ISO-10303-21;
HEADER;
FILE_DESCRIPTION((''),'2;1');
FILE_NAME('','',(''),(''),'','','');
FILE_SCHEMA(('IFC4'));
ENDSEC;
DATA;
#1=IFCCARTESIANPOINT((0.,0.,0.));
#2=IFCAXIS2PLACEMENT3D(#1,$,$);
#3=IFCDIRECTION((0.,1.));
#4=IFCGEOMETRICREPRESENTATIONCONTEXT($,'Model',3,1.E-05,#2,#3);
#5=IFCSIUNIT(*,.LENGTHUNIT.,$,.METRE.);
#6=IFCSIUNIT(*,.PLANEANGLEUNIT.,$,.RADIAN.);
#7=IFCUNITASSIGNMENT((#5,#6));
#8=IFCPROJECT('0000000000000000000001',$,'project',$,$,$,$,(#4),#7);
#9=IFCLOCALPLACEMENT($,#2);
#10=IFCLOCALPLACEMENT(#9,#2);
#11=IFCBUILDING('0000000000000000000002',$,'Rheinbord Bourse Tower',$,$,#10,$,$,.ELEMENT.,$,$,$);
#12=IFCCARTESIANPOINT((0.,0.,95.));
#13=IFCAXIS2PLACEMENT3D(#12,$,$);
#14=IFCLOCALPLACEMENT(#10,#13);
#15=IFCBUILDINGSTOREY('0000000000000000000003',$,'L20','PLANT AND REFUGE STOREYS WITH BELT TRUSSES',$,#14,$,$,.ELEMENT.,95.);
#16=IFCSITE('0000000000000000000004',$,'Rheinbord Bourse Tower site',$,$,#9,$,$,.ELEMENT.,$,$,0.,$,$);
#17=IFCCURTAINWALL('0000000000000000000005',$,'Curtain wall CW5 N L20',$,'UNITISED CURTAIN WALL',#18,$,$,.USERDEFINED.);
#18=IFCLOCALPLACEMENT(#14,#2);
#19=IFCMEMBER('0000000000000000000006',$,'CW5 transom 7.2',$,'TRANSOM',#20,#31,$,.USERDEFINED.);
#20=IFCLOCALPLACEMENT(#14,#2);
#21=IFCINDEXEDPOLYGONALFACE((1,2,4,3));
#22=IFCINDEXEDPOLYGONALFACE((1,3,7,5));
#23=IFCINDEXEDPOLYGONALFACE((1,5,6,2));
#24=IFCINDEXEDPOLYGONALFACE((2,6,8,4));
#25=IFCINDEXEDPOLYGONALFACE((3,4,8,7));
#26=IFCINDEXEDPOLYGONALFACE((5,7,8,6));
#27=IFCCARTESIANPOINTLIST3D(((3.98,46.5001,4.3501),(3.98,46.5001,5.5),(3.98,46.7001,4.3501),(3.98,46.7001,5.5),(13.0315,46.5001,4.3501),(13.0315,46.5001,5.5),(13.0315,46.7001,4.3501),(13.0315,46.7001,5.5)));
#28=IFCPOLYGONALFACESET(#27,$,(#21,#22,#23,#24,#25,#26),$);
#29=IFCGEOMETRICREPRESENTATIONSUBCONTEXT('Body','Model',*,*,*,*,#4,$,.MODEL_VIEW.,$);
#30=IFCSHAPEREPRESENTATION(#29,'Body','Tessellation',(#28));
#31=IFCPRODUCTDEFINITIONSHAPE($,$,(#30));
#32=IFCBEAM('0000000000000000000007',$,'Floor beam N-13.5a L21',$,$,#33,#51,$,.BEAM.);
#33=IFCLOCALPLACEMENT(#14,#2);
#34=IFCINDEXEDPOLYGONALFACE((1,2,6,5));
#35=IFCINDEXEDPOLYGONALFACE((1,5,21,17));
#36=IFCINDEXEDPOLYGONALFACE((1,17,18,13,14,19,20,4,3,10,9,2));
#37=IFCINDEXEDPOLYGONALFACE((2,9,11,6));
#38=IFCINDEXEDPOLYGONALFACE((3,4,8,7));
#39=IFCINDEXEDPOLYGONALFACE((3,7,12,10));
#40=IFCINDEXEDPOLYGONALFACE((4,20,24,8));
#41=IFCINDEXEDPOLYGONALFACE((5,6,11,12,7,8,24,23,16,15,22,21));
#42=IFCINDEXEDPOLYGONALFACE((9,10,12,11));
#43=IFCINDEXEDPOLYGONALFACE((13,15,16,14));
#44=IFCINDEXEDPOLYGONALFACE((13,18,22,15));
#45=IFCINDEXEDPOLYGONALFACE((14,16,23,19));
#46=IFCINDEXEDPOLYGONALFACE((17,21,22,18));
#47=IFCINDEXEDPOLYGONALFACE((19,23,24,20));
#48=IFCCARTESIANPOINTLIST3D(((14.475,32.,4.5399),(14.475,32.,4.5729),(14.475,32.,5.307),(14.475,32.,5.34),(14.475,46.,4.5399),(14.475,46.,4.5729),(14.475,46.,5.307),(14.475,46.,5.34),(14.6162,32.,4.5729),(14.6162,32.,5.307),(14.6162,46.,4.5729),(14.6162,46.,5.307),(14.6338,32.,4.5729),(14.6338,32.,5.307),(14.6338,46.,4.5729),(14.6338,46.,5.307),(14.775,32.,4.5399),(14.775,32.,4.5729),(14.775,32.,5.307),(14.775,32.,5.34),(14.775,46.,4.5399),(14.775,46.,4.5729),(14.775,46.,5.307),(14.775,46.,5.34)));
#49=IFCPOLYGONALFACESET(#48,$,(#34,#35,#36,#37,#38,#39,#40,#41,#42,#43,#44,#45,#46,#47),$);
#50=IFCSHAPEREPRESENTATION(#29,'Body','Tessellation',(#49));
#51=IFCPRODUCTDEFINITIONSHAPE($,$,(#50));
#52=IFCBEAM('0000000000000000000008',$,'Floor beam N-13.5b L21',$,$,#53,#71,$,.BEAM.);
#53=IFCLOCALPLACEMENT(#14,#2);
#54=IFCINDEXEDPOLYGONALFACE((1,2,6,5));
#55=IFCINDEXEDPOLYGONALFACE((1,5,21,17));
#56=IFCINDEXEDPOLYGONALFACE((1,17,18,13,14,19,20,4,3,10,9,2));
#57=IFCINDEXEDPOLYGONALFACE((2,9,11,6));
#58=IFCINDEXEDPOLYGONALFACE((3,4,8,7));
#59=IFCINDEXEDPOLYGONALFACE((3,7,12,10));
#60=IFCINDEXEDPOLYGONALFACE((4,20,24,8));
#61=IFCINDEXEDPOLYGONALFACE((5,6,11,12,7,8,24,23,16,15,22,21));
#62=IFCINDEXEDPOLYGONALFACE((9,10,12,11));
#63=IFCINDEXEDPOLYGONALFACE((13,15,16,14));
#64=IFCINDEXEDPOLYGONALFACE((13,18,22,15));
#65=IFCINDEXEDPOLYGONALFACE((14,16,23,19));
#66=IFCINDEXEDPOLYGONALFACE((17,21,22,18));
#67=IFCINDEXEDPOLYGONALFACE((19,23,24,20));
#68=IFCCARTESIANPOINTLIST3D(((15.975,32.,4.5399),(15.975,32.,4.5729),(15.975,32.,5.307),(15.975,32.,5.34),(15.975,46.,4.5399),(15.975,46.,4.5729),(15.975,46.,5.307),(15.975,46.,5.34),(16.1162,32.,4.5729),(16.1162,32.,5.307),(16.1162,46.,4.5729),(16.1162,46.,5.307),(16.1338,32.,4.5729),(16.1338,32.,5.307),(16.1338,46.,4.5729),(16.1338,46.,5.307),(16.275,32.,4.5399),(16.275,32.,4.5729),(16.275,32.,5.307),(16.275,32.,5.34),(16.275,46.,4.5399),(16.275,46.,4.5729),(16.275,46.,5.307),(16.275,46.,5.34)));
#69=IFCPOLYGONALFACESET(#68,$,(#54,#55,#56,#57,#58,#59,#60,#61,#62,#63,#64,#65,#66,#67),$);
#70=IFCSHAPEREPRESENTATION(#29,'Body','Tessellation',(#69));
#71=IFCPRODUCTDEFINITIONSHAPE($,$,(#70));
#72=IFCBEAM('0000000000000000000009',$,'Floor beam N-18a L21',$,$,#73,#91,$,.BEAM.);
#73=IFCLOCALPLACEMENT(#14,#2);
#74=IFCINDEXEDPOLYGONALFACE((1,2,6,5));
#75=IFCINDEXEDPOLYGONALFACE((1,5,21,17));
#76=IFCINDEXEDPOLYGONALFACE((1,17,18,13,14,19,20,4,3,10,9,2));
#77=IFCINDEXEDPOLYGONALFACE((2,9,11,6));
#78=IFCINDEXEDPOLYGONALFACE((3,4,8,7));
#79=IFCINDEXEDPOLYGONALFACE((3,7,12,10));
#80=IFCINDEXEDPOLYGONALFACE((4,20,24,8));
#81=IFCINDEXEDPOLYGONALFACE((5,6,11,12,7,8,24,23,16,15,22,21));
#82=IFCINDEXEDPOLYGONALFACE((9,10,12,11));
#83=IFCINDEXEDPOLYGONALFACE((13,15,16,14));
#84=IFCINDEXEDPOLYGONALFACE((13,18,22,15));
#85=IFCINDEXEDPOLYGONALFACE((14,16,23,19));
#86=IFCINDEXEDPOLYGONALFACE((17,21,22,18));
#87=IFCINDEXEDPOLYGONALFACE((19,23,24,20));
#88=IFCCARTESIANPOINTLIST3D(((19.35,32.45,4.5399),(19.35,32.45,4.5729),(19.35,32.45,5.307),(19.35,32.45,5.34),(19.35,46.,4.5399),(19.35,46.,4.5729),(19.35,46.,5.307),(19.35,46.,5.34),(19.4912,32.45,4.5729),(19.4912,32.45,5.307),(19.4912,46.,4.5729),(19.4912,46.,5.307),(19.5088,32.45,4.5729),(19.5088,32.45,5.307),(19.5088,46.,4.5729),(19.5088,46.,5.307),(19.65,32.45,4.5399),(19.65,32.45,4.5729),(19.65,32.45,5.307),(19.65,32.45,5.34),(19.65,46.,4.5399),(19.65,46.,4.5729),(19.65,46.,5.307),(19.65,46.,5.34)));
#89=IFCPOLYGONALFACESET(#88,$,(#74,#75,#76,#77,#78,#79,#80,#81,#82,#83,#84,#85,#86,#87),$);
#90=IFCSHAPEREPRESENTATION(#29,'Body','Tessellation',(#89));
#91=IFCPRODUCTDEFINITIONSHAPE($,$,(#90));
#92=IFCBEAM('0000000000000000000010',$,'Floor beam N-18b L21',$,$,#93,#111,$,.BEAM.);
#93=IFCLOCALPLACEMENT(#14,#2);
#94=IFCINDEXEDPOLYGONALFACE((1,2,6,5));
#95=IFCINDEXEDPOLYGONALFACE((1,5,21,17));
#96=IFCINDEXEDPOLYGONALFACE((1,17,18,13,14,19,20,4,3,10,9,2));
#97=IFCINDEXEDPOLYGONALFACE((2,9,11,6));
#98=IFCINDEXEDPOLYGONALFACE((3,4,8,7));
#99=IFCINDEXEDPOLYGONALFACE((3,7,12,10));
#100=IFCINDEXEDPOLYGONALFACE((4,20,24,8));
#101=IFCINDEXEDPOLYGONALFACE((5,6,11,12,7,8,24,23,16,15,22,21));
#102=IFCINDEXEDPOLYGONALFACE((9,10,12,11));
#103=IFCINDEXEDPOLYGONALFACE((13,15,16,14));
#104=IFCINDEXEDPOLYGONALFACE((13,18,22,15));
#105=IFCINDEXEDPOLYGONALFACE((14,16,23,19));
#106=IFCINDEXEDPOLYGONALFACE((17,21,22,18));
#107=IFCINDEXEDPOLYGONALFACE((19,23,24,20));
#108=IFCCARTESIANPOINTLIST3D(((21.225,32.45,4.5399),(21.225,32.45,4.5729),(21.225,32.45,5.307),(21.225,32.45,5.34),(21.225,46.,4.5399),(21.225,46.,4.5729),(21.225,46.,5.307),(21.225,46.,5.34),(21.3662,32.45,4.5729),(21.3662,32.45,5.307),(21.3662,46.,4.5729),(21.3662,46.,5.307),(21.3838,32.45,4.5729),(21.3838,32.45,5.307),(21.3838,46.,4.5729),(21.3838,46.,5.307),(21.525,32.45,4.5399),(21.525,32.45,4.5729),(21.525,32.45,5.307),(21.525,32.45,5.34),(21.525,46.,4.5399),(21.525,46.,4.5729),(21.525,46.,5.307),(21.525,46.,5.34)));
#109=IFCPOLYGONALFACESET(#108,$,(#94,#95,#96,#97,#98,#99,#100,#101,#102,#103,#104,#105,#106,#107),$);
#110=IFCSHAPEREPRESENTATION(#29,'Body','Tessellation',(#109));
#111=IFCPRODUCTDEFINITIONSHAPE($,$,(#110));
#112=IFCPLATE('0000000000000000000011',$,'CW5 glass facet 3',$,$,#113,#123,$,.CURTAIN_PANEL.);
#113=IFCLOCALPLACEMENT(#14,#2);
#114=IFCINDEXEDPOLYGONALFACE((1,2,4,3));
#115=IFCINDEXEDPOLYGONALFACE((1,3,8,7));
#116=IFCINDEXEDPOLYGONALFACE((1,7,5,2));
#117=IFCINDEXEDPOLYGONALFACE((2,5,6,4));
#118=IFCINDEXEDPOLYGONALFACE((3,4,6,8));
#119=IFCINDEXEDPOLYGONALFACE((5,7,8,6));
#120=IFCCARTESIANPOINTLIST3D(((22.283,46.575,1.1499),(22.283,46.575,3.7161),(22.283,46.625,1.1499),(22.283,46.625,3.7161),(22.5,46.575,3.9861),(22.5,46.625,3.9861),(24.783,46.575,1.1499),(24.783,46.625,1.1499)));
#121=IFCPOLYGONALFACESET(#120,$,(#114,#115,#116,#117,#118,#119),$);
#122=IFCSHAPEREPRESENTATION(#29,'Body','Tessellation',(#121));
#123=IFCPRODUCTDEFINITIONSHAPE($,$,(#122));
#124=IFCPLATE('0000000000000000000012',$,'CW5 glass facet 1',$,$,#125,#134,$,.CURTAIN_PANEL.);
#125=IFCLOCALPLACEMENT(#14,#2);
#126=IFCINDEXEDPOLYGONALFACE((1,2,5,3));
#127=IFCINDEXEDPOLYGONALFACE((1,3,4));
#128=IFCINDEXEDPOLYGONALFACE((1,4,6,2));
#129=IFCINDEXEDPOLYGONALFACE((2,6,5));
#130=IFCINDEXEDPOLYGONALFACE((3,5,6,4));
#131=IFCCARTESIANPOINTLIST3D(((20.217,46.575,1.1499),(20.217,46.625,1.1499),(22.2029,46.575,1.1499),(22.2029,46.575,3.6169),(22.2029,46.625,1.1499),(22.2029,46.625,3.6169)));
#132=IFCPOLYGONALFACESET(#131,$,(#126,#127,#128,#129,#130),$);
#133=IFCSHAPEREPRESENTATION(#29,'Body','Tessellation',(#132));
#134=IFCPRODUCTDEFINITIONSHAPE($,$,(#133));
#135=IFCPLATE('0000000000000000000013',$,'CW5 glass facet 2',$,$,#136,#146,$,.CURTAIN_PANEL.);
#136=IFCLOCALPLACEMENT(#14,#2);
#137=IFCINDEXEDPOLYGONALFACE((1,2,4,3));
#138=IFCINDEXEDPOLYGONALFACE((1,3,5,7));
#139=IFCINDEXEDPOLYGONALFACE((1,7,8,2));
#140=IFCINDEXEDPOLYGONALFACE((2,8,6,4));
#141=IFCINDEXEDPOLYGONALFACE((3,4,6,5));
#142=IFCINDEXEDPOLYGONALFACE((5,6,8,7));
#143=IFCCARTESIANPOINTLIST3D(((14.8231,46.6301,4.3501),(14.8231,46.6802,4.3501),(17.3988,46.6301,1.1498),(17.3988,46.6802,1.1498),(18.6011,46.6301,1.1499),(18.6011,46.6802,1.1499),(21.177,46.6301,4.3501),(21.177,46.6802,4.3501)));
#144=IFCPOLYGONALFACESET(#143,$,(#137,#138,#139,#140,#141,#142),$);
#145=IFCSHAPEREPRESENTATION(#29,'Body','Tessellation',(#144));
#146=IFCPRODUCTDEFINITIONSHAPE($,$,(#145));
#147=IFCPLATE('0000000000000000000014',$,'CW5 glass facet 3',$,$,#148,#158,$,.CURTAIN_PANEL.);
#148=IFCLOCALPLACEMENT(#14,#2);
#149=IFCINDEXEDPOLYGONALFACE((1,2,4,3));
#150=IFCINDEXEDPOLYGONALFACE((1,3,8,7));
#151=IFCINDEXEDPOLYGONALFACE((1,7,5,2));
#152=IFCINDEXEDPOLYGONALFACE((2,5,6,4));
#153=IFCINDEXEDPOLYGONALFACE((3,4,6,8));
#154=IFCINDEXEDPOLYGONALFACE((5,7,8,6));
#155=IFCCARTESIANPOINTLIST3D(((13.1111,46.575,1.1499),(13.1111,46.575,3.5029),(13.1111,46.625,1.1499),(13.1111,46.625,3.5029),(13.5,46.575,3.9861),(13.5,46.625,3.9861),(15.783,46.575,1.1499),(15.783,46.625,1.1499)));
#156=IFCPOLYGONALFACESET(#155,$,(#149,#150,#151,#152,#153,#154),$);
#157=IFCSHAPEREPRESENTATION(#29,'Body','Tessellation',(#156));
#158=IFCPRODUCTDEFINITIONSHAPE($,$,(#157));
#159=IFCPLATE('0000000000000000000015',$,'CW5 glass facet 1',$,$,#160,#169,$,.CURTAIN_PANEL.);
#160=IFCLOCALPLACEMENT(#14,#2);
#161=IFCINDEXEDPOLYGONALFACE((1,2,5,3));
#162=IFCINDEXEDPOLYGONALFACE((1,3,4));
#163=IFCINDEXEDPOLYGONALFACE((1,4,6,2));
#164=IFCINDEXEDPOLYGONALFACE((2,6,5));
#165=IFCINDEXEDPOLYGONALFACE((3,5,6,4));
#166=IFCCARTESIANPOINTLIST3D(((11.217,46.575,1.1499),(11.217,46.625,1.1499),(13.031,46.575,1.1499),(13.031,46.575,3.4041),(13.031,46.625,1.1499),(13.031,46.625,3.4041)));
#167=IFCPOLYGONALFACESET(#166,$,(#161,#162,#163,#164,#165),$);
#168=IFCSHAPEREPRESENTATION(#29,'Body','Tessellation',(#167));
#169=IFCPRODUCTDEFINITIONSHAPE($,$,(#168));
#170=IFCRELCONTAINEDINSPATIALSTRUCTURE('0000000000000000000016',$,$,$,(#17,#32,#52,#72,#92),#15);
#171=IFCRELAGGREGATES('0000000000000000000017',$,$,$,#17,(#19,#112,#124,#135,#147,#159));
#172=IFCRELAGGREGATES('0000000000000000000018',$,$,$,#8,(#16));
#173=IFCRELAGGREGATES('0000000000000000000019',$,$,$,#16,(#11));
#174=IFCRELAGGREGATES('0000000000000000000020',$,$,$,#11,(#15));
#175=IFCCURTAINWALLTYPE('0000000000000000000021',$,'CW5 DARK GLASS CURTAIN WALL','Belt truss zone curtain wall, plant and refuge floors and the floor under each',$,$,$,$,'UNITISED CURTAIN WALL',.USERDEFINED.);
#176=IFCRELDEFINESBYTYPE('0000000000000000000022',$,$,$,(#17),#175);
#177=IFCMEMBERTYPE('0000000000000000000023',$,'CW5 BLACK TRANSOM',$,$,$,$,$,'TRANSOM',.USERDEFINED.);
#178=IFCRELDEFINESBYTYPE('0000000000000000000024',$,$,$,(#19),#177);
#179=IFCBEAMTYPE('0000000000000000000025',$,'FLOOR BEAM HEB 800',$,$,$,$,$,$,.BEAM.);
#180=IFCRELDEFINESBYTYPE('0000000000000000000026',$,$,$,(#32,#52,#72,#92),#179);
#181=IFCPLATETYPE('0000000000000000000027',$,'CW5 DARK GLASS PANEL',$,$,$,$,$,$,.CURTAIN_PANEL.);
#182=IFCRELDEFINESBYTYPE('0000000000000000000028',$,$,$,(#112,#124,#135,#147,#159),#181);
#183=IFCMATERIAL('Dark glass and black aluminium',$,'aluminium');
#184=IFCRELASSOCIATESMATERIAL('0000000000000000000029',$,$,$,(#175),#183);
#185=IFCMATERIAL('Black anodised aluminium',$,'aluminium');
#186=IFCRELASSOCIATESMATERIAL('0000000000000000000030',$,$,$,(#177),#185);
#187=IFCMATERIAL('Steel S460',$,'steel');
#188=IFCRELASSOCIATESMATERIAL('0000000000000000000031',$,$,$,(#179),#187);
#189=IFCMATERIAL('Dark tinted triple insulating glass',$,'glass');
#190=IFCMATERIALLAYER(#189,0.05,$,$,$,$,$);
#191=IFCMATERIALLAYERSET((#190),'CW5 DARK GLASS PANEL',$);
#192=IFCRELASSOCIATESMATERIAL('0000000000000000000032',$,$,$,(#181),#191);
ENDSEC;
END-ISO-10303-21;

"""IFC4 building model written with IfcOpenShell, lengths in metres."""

from ifc_helpers import new_model, si_unit, direction, frame, origin, origin_2d, place, context, subcontext, project, spatial, polyline, rectangle, i_section, outline, extrude, material, layer, layer_set, material_profile, profile_set, type_object, element, aggregate, save


model = new_model("IFC4")

# Units and contexts
model_context = context("Model", 3, precision=1e-05, world=origin(), true_north=direction((0.0, 1.0)))
body_context = subcontext(model_context, "Body", "Model", "MODEL_VIEW")
ifc_project = project(units=[si_unit("LENGTHUNIT", "METRE"), si_unit("PLANEANGLEUNIT", "RADIAN")], contexts=[model_context])

# Site, building, storey
site_placement = place(None, origin())
site = spatial("IfcSite", under=ifc_project, at=site_placement, Name="Rheinbord Bourse Tower site", CompositionType="ELEMENT", RefElevation=0.0)
building_placement = place(site_placement, origin())
building = spatial("IfcBuilding", under=site, at=building_placement, Name="Rheinbord Bourse Tower", CompositionType="ELEMENT")
storey_placement = place(building_placement, frame((0.0, 0.0, 95.0)))
storey = spatial("IfcBuildingStorey", under=building, at=storey_placement, Name="L20", Description="PLANT AND REFUGE STOREYS WITH BELT TRUSSES", CompositionType="ELEMENT", Elevation=95.0)

# Curtain wall, member
ifc_material_1 = material(Name="Dark glass and black aluminium", Category="aluminium")
curtain_wall_type = type_object("IfcCurtainWallType", Name="CW5 DARK GLASS CURTAIN WALL", Description="Belt truss zone curtain wall, plant and refuge floors and the floor under each", ElementType="UNITISED CURTAIN WALL", PredefinedType="USERDEFINED", material=ifc_material_1)
curtain_wall_placement = place(storey_placement, origin())
curtain_wall = element("IfcCurtainWall", 1, at=curtain_wall_placement, inside=storey, type_object=curtain_wall_type, Name="Curtain wall CW5 N L20", ObjectType="UNITISED CURTAIN WALL", PredefinedType="USERDEFINED")
ifc_material_2 = material(Name="Black anodised aluminium", Category="aluminium")
ifc_material_profile_1 = material_profile(ifc_material_2, rectangle(XDim=0.2, YDim=1.1499, at=origin_2d()), Name="CW5 TRANSOM 1150x200")
ifc_profile_set_1 = profile_set([ifc_material_profile_1], Name="Black anodised aluminium")
member_type_1 = type_object("IfcMemberType", Name="CW5 BLACK TRANSOM", ElementType="TRANSOM", PredefinedType="USERDEFINED", material=ifc_profile_set_1)
member_1_placement = place(storey_placement, frame((13.0315, 46.6001, 4.925), z_axis=(-1.0, 0.0, 0.0), x_axis=(0.0, -1.0, 0.0)))
member_1 = element("IfcMember", 2, at=member_1_placement, type_object=member_type_1, Name="CW5 transom 7.2", ObjectType="TRANSOM", PredefinedType="USERDEFINED", context=body_context, shape_type="SweptSolid", body=[
    extrude(rectangle(XDim=0.2, YDim=1.1499, at=origin_2d()), origin(), (0.0, 0.0, 1.0), 9.0515),
])

# Beams
ifc_material_3 = material(Name="Steel S460", Category="steel")
ifc_material_profile_2 = material_profile(ifc_material_3, i_section(OverallWidth=0.3, OverallDepth=0.8, WebThickness=0.0176, FlangeThickness=0.033, at=origin_2d()), Name="HEB 800")
ifc_profile_set_2 = profile_set([ifc_material_profile_2], Name="Steel S460")
beam_type_1 = type_object("IfcBeamType", Name="FLOOR BEAM HEB 800", PredefinedType="BEAM", material=ifc_profile_set_2)
for number, where, z_axis, x_axis, name in (
    (3, (14.625, 46.0, 4.9399), (0.0, -1.0, 0.0), (1.0, 0.0, 0.0), "Floor beam N-13.5a L21"),
    (4, (16.125, 46.0, 4.9399), (0.0, -1.0, 0.0), (1.0, 0.0, 0.0), "Floor beam N-13.5b L21"),
):
    element("IfcBeam", number, at=place(storey_placement, frame(where, z_axis=z_axis, x_axis=x_axis)), inside=storey, type_object=beam_type_1, Name=name, PredefinedType="BEAM", context=body_context, shape_type="SweptSolid", body=[
        extrude(i_section(OverallWidth=0.3, OverallDepth=0.8, WebThickness=0.0176, FlangeThickness=0.033, at=origin_2d()), origin(), (0.0, 0.0, 1.0), 14.0),
    ])
for number, where, z_axis, x_axis, name in (
    (5, (19.5, 46.0, 4.9399), (0.0, -1.0, 0.0), (1.0, 0.0, 0.0), "Floor beam N-18a L21"),
    (6, (21.375, 46.0, 4.9399), (0.0, -1.0, 0.0), (1.0, 0.0, 0.0), "Floor beam N-18b L21"),
):
    element("IfcBeam", number, at=place(storey_placement, frame(where, z_axis=z_axis, x_axis=x_axis)), inside=storey, type_object=beam_type_1, Name=name, PredefinedType="BEAM", context=body_context, shape_type="SweptSolid", body=[
        extrude(i_section(OverallWidth=0.3, OverallDepth=0.8, WebThickness=0.0176, FlangeThickness=0.033, at=origin_2d()), origin(), (0.0, 0.0, 1.0), 13.55),
    ])

# Plates
ifc_material_4 = material(Name="Dark tinted triple insulating glass", Category="glass")
ifc_layer = layer(ifc_material_4, 0.05)
ifc_layer_set = layer_set([ifc_layer], Name="CW5 DARK GLASS PANEL")
plate_type = type_object("IfcPlateType", Name="CW5 DARK GLASS PANEL", PredefinedType="CURTAIN_PANEL", material=ifc_layer_set)
plate_1_placement = place(storey_placement, frame((22.283, 46.625, 1.1499), z_axis=(0.0, -1.0, 0.0), x_axis=(1.0, 0.0, 0.0)))
plate_1 = element("IfcPlate", 7, at=plate_1_placement, type_object=plate_type, Name="CW5 glass facet 3", PredefinedType="CURTAIN_PANEL", context=body_context, shape_type="SweptSolid", body=[
    extrude(outline(polyline([(0.0, 0.0), (2.5, 0.0), (0.217, 2.8362), (0.0, 2.5662), (0.0, 0.0)])), origin(), (0.0, 0.0, 1.0), 0.05),
])
plate_2_placement = place(storey_placement, frame((22.2029, 46.625, 1.1499), z_axis=(0.0, -1.0, 0.0), x_axis=(0.0, 0.0, 1.0)))
plate_2 = element("IfcPlate", 8, at=plate_2_placement, type_object=plate_type, Name="CW5 glass facet 1", PredefinedType="CURTAIN_PANEL", context=body_context, shape_type="SweptSolid", body=[
    extrude(outline(polyline([(0.0, 0.0), (2.467, 0.0), (0.0, 1.9858), (0.0, 0.0)])), origin(), (0.0, 0.0, 1.0), 0.05),
])
plate_3_placement = place(storey_placement, frame((18.6011, 46.6802, 1.1499), z_axis=(0.0, -1.0, 0.0), x_axis=(0.627033, 0.0, 0.778993)))
plate_3 = element("IfcPlate", 9, at=plate_3_placement, type_object=plate_type, Name="CW5 glass facet 2", PredefinedType="CURTAIN_PANEL", context=body_context, shape_type="SweptSolid", body=[
    extrude(outline(polyline([(0.0, 0.0), (4.1082, 0.0), (0.124, 4.9497), (-0.7539, 0.9365), (0.0, 0.0)])), origin(), (0.0, 0.0, 1.0), 0.05),
])
plate_4_placement = place(storey_placement, frame((13.1111, 46.625, 1.1499), z_axis=(0.0, -1.0, 0.0), x_axis=(1.0, 0.0, 0.0)))
plate_4 = element("IfcPlate", 10, at=plate_4_placement, type_object=plate_type, Name="CW5 glass facet 3", PredefinedType="CURTAIN_PANEL", context=body_context, shape_type="SweptSolid", body=[
    extrude(outline(polyline([(0.0, 0.0), (2.6719, 0.0), (0.3889, 2.8362), (0.0, 2.353), (0.0, 0.0)])), origin(), (0.0, 0.0, 1.0), 0.05),
])
plate_5_placement = place(storey_placement, frame((13.031, 46.625, 1.1499), z_axis=(0.0, -1.0, 0.0), x_axis=(0.0, 0.0, 1.0)))
plate_5 = element("IfcPlate", 11, at=plate_5_placement, type_object=plate_type, Name="CW5 glass facet 1", PredefinedType="CURTAIN_PANEL", context=body_context, shape_type="SweptSolid", body=[
    extrude(outline(polyline([(0.0, 0.0), (2.2542, 0.0), (0.0, 1.814), (0.0, 0.0)])), origin(), (0.0, 0.0, 1.0), 0.05),
])
aggregate(curtain_wall, [member_1, plate_1, plate_2, plate_3, plate_4, plate_5])

save(model, "model.ifc")
